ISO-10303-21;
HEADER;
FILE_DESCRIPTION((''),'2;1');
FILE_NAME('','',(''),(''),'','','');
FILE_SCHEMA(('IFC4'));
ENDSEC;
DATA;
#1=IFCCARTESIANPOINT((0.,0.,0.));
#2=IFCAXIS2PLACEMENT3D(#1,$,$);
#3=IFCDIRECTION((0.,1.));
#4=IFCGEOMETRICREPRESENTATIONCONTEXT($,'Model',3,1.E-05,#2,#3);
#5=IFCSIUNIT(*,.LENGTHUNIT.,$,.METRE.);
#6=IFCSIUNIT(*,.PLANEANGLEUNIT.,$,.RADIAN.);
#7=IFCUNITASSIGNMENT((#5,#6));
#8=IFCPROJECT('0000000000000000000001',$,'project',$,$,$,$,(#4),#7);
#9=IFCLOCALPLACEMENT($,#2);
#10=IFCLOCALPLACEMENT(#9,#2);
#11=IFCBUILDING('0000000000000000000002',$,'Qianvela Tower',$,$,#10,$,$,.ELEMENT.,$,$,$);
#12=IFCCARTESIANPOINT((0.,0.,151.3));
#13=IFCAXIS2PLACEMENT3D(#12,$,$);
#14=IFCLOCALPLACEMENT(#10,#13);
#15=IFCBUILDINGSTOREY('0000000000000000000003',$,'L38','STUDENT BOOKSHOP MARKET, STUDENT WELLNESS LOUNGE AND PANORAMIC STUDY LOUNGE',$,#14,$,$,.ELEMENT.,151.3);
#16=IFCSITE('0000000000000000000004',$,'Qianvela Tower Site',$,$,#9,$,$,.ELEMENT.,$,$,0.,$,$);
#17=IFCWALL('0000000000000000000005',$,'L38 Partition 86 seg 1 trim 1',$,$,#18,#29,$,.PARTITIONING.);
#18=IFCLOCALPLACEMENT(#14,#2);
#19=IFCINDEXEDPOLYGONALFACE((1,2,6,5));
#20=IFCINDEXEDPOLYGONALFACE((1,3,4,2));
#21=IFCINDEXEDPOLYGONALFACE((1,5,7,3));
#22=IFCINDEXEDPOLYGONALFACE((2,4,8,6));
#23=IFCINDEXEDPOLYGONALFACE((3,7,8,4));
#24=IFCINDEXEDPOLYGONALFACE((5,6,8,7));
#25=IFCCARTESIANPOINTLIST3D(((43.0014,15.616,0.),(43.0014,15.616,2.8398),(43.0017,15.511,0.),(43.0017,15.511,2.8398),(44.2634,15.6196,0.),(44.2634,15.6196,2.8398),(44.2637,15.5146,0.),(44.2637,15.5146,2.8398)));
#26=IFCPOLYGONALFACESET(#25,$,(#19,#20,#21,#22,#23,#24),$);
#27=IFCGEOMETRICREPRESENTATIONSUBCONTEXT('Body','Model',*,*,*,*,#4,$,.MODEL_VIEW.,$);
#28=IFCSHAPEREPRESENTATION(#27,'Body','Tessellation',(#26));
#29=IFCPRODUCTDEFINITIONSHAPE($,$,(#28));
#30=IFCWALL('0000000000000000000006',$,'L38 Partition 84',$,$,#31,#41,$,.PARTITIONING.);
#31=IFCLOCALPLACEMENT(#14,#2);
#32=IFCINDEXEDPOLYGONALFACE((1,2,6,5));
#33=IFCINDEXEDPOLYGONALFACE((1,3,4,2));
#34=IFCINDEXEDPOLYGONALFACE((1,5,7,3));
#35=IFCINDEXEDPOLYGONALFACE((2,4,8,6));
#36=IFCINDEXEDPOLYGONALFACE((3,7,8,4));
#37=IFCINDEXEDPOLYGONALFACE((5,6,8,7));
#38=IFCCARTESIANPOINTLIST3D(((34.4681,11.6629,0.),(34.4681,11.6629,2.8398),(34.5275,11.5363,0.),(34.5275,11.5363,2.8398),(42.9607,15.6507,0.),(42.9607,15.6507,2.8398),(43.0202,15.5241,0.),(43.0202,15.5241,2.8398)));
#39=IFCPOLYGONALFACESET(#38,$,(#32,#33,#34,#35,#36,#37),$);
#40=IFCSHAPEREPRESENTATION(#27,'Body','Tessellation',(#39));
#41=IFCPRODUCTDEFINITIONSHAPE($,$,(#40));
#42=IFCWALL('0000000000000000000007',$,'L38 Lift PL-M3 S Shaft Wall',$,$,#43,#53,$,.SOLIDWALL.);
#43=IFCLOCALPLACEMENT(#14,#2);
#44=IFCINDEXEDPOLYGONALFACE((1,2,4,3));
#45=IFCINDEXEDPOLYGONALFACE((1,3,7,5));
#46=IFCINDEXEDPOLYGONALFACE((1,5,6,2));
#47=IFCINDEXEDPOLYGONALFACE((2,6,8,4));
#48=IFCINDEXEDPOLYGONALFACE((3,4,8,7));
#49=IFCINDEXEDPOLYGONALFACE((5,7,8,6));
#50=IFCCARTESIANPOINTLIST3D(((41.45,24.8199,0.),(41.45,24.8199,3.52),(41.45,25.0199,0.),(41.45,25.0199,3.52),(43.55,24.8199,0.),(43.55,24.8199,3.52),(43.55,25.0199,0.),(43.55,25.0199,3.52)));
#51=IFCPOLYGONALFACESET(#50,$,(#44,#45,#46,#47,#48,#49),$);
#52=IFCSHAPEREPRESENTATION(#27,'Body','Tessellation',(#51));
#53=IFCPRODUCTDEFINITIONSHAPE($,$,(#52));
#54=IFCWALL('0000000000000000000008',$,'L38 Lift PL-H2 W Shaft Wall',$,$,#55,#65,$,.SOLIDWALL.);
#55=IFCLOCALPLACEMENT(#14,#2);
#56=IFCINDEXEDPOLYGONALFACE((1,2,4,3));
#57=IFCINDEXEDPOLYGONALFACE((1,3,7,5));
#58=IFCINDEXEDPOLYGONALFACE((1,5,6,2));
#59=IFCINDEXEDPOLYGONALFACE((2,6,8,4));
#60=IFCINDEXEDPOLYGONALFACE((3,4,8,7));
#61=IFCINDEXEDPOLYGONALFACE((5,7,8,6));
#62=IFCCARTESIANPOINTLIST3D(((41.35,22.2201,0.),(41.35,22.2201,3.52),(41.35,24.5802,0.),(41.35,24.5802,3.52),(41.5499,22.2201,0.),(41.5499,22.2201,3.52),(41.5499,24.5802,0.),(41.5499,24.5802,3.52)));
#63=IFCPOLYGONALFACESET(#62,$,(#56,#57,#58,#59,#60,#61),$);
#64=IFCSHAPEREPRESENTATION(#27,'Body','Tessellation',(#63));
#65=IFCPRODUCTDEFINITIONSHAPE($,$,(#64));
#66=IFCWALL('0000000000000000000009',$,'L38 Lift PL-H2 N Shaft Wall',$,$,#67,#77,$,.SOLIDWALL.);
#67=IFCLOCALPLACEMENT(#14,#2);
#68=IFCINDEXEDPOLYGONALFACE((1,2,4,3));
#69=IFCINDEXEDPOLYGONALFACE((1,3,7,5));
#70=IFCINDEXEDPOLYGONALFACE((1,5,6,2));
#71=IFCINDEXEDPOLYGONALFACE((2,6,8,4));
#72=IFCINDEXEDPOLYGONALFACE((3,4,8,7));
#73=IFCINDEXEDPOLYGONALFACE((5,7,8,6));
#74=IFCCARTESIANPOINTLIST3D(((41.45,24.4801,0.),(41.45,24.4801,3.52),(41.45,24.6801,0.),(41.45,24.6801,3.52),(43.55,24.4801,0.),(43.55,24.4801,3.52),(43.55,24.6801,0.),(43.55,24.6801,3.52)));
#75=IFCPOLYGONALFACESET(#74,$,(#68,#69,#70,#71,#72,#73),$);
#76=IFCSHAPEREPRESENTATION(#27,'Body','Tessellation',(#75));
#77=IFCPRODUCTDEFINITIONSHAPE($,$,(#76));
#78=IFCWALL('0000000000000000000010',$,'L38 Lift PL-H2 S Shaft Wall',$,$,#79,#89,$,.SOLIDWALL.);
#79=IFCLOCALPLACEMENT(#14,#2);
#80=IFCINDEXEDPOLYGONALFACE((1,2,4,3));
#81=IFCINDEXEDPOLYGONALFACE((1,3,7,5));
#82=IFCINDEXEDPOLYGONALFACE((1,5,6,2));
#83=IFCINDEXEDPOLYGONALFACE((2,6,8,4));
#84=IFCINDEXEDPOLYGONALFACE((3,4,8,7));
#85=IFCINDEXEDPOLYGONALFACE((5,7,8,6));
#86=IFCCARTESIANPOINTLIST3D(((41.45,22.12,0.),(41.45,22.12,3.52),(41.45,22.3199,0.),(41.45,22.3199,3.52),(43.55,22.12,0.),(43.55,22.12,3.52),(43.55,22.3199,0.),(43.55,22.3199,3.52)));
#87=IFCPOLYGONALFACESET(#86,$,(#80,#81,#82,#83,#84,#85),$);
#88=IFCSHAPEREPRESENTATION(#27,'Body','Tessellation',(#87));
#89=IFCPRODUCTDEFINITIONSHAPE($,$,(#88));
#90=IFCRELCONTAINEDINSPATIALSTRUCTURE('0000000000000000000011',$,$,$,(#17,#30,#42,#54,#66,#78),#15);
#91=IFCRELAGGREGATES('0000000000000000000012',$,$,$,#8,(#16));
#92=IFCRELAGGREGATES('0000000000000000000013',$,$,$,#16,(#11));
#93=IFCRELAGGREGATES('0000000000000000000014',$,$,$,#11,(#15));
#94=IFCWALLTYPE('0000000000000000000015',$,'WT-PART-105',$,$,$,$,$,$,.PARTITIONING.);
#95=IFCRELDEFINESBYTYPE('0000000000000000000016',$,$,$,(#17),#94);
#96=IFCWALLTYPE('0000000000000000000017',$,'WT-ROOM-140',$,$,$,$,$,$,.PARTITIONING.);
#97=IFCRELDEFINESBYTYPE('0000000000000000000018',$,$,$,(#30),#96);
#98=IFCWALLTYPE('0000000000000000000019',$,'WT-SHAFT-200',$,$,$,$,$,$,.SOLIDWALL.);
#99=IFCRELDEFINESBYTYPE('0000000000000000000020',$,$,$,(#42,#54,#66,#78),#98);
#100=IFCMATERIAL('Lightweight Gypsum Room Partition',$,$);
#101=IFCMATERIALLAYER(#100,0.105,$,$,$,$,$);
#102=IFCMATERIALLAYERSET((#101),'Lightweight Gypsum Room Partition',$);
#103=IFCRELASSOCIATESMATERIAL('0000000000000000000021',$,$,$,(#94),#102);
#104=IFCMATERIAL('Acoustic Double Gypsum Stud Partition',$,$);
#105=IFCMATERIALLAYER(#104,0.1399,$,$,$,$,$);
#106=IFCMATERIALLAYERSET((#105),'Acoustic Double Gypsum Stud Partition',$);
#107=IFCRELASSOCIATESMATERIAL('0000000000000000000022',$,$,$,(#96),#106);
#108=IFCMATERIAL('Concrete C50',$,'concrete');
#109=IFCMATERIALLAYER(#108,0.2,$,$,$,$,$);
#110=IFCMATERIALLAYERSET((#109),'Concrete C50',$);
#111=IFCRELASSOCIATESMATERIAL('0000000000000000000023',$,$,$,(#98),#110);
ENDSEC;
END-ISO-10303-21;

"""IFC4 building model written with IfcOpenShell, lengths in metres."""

from ifc_helpers import new_model, si_unit, direction, frame, frame_2d, origin, place, context, subcontext, project, spatial, rectangle, extrude, material, layer, layer_set, type_object, element, save


model = new_model("IFC4")

# Units and contexts
model_context = context("Model", 3, precision=1e-05, world=origin(), true_north=direction((0.0, 1.0)))
body_context = subcontext(model_context, "Body", "Model", "MODEL_VIEW")
ifc_project = project(units=[si_unit("LENGTHUNIT", "METRE"), si_unit("PLANEANGLEUNIT", "RADIAN")], contexts=[model_context])

# Site, building, storey
site_placement = place(None, origin())
site = spatial("IfcSite", under=ifc_project, at=site_placement, Name="Qianvela Tower Site", CompositionType="ELEMENT", RefElevation=0.0)
building_placement = place(site_placement, origin())
building = spatial("IfcBuilding", under=site, at=building_placement, Name="Qianvela Tower", CompositionType="ELEMENT")
storey_placement = place(building_placement, frame((0.0, 0.0, 151.3)))
storey = spatial("IfcBuildingStorey", under=building, at=storey_placement, Name="L38", Description="STUDENT BOOKSHOP MARKET, STUDENT WELLNESS LOUNGE AND PANORAMIC STUDY LOUNGE", CompositionType="ELEMENT", Elevation=151.3)

# Walls
ifc_material_1 = material(Name="Lightweight Gypsum Room Partition")
ifc_layer_1 = layer(ifc_material_1, 0.105)
ifc_layer_set_1 = layer_set([ifc_layer_1], Name="Lightweight Gypsum Room Partition")
wall_type_1 = type_object("IfcWallType", Name="WT-PART-105", PredefinedType="PARTITIONING", material=ifc_layer_set_1)
wall_1_placement = place(storey_placement, frame((43.0017, 15.5635, 0.0), z_axis=(0.0, 0.0, 1.0), x_axis=(0.999996, 0.002902, 0.0)))
element("IfcWall", 1, at=wall_1_placement, inside=storey, type_object=wall_type_1, Name="L38 Partition 86 seg 1 trim 1", PredefinedType="PARTITIONING", context=body_context, shape_type="SweptSolid", body=[
    extrude(rectangle(XDim=1.262, YDim=0.105, at=frame_2d((0.6309, 0.0))), origin(), (0.0, 0.0, 1.0), 2.8398),
])
ifc_material_2 = material(Name="Acoustic Double Gypsum Stud Partition")
ifc_layer_2 = layer(ifc_material_2, 0.1399)
ifc_layer_set_2 = layer_set([ifc_layer_2], Name="Acoustic Double Gypsum Stud Partition")
wall_type_2 = type_object("IfcWallType", Name="WT-ROOM-140", PredefinedType="PARTITIONING", material=ifc_layer_set_2)
wall_2_placement = place(storey_placement, frame((42.9905, 15.5874, 0.0), z_axis=(0.0, 0.0, 1.0), x_axis=(-0.905178, -0.425032, 0.0)))
element("IfcWall", 2, at=wall_2_placement, inside=storey, type_object=wall_type_2, Name="L38 Partition 84", PredefinedType="PARTITIONING", context=body_context, shape_type="SweptSolid", body=[
    extrude(rectangle(XDim=9.3823, YDim=0.1399, at=frame_2d((4.6912, 0.0))), origin(), (0.0, 0.0, 1.0), 2.8398),
])

# Shared definitions
ifc_material_3 = material(Name="Concrete C50", Category="concrete")
ifc_layer_3 = layer(ifc_material_3, 0.2)
ifc_layer_set_3 = layer_set([ifc_layer_3], Name="Concrete C50")
wall_type_3 = type_object("IfcWallType", Name="WT-SHAFT-200", PredefinedType="SOLIDWALL", material=ifc_layer_set_3)

# Walls
wall_3_placement = place(storey_placement, frame((41.45, 24.9199, 0.0), z_axis=(0.0, 0.0, 1.0), x_axis=(1.0, 0.0, 0.0)))
element("IfcWall", 3, at=wall_3_placement, inside=storey, type_object=wall_type_3, Name="L38 Lift PL-M3 S Shaft Wall", PredefinedType="SOLIDWALL", context=body_context, shape_type="SweptSolid", body=[
    extrude(rectangle(XDim=2.1001, YDim=0.2, at=frame_2d((1.05, 0.0))), origin(), (0.0, 0.0, 1.0), 3.52),
])
wall_4_placement = place(storey_placement, frame((41.45, 22.22, 0.0), z_axis=(0.0, 0.0, 1.0), x_axis=(0.0, 1.0, 0.0)))
element("IfcWall", 4, at=wall_4_placement, inside=storey, type_object=wall_type_3, Name="L38 Lift PL-H2 W Shaft Wall", PredefinedType="SOLIDWALL", context=body_context, shape_type="SweptSolid", body=[
    extrude(rectangle(XDim=2.3601, YDim=0.2, at=frame_2d((1.1802, 0.0))), origin(), (0.0, 0.0, 1.0), 3.52),
])
for number, where, z_axis, x_axis, name in (
    (5, (41.45, 24.5801, 0.0), (0.0, 0.0, 1.0), (1.0, 0.0, 0.0), "L38 Lift PL-H2 N Shaft Wall"),
    (6, (41.45, 22.22, 0.0), (0.0, 0.0, 1.0), (1.0, 0.0, 0.0), "L38 Lift PL-H2 S Shaft Wall"),
):
    element("IfcWall", number, at=place(storey_placement, frame(where, z_axis=z_axis, x_axis=x_axis)), inside=storey, type_object=wall_type_3, Name=name, PredefinedType="SOLIDWALL", context=body_context, shape_type="SweptSolid", body=[
        extrude(rectangle(XDim=2.1001, YDim=0.2, at=frame_2d((1.05, 0.0))), origin(), (0.0, 0.0, 1.0), 3.52),
    ])

save(model, "model.ifc")
